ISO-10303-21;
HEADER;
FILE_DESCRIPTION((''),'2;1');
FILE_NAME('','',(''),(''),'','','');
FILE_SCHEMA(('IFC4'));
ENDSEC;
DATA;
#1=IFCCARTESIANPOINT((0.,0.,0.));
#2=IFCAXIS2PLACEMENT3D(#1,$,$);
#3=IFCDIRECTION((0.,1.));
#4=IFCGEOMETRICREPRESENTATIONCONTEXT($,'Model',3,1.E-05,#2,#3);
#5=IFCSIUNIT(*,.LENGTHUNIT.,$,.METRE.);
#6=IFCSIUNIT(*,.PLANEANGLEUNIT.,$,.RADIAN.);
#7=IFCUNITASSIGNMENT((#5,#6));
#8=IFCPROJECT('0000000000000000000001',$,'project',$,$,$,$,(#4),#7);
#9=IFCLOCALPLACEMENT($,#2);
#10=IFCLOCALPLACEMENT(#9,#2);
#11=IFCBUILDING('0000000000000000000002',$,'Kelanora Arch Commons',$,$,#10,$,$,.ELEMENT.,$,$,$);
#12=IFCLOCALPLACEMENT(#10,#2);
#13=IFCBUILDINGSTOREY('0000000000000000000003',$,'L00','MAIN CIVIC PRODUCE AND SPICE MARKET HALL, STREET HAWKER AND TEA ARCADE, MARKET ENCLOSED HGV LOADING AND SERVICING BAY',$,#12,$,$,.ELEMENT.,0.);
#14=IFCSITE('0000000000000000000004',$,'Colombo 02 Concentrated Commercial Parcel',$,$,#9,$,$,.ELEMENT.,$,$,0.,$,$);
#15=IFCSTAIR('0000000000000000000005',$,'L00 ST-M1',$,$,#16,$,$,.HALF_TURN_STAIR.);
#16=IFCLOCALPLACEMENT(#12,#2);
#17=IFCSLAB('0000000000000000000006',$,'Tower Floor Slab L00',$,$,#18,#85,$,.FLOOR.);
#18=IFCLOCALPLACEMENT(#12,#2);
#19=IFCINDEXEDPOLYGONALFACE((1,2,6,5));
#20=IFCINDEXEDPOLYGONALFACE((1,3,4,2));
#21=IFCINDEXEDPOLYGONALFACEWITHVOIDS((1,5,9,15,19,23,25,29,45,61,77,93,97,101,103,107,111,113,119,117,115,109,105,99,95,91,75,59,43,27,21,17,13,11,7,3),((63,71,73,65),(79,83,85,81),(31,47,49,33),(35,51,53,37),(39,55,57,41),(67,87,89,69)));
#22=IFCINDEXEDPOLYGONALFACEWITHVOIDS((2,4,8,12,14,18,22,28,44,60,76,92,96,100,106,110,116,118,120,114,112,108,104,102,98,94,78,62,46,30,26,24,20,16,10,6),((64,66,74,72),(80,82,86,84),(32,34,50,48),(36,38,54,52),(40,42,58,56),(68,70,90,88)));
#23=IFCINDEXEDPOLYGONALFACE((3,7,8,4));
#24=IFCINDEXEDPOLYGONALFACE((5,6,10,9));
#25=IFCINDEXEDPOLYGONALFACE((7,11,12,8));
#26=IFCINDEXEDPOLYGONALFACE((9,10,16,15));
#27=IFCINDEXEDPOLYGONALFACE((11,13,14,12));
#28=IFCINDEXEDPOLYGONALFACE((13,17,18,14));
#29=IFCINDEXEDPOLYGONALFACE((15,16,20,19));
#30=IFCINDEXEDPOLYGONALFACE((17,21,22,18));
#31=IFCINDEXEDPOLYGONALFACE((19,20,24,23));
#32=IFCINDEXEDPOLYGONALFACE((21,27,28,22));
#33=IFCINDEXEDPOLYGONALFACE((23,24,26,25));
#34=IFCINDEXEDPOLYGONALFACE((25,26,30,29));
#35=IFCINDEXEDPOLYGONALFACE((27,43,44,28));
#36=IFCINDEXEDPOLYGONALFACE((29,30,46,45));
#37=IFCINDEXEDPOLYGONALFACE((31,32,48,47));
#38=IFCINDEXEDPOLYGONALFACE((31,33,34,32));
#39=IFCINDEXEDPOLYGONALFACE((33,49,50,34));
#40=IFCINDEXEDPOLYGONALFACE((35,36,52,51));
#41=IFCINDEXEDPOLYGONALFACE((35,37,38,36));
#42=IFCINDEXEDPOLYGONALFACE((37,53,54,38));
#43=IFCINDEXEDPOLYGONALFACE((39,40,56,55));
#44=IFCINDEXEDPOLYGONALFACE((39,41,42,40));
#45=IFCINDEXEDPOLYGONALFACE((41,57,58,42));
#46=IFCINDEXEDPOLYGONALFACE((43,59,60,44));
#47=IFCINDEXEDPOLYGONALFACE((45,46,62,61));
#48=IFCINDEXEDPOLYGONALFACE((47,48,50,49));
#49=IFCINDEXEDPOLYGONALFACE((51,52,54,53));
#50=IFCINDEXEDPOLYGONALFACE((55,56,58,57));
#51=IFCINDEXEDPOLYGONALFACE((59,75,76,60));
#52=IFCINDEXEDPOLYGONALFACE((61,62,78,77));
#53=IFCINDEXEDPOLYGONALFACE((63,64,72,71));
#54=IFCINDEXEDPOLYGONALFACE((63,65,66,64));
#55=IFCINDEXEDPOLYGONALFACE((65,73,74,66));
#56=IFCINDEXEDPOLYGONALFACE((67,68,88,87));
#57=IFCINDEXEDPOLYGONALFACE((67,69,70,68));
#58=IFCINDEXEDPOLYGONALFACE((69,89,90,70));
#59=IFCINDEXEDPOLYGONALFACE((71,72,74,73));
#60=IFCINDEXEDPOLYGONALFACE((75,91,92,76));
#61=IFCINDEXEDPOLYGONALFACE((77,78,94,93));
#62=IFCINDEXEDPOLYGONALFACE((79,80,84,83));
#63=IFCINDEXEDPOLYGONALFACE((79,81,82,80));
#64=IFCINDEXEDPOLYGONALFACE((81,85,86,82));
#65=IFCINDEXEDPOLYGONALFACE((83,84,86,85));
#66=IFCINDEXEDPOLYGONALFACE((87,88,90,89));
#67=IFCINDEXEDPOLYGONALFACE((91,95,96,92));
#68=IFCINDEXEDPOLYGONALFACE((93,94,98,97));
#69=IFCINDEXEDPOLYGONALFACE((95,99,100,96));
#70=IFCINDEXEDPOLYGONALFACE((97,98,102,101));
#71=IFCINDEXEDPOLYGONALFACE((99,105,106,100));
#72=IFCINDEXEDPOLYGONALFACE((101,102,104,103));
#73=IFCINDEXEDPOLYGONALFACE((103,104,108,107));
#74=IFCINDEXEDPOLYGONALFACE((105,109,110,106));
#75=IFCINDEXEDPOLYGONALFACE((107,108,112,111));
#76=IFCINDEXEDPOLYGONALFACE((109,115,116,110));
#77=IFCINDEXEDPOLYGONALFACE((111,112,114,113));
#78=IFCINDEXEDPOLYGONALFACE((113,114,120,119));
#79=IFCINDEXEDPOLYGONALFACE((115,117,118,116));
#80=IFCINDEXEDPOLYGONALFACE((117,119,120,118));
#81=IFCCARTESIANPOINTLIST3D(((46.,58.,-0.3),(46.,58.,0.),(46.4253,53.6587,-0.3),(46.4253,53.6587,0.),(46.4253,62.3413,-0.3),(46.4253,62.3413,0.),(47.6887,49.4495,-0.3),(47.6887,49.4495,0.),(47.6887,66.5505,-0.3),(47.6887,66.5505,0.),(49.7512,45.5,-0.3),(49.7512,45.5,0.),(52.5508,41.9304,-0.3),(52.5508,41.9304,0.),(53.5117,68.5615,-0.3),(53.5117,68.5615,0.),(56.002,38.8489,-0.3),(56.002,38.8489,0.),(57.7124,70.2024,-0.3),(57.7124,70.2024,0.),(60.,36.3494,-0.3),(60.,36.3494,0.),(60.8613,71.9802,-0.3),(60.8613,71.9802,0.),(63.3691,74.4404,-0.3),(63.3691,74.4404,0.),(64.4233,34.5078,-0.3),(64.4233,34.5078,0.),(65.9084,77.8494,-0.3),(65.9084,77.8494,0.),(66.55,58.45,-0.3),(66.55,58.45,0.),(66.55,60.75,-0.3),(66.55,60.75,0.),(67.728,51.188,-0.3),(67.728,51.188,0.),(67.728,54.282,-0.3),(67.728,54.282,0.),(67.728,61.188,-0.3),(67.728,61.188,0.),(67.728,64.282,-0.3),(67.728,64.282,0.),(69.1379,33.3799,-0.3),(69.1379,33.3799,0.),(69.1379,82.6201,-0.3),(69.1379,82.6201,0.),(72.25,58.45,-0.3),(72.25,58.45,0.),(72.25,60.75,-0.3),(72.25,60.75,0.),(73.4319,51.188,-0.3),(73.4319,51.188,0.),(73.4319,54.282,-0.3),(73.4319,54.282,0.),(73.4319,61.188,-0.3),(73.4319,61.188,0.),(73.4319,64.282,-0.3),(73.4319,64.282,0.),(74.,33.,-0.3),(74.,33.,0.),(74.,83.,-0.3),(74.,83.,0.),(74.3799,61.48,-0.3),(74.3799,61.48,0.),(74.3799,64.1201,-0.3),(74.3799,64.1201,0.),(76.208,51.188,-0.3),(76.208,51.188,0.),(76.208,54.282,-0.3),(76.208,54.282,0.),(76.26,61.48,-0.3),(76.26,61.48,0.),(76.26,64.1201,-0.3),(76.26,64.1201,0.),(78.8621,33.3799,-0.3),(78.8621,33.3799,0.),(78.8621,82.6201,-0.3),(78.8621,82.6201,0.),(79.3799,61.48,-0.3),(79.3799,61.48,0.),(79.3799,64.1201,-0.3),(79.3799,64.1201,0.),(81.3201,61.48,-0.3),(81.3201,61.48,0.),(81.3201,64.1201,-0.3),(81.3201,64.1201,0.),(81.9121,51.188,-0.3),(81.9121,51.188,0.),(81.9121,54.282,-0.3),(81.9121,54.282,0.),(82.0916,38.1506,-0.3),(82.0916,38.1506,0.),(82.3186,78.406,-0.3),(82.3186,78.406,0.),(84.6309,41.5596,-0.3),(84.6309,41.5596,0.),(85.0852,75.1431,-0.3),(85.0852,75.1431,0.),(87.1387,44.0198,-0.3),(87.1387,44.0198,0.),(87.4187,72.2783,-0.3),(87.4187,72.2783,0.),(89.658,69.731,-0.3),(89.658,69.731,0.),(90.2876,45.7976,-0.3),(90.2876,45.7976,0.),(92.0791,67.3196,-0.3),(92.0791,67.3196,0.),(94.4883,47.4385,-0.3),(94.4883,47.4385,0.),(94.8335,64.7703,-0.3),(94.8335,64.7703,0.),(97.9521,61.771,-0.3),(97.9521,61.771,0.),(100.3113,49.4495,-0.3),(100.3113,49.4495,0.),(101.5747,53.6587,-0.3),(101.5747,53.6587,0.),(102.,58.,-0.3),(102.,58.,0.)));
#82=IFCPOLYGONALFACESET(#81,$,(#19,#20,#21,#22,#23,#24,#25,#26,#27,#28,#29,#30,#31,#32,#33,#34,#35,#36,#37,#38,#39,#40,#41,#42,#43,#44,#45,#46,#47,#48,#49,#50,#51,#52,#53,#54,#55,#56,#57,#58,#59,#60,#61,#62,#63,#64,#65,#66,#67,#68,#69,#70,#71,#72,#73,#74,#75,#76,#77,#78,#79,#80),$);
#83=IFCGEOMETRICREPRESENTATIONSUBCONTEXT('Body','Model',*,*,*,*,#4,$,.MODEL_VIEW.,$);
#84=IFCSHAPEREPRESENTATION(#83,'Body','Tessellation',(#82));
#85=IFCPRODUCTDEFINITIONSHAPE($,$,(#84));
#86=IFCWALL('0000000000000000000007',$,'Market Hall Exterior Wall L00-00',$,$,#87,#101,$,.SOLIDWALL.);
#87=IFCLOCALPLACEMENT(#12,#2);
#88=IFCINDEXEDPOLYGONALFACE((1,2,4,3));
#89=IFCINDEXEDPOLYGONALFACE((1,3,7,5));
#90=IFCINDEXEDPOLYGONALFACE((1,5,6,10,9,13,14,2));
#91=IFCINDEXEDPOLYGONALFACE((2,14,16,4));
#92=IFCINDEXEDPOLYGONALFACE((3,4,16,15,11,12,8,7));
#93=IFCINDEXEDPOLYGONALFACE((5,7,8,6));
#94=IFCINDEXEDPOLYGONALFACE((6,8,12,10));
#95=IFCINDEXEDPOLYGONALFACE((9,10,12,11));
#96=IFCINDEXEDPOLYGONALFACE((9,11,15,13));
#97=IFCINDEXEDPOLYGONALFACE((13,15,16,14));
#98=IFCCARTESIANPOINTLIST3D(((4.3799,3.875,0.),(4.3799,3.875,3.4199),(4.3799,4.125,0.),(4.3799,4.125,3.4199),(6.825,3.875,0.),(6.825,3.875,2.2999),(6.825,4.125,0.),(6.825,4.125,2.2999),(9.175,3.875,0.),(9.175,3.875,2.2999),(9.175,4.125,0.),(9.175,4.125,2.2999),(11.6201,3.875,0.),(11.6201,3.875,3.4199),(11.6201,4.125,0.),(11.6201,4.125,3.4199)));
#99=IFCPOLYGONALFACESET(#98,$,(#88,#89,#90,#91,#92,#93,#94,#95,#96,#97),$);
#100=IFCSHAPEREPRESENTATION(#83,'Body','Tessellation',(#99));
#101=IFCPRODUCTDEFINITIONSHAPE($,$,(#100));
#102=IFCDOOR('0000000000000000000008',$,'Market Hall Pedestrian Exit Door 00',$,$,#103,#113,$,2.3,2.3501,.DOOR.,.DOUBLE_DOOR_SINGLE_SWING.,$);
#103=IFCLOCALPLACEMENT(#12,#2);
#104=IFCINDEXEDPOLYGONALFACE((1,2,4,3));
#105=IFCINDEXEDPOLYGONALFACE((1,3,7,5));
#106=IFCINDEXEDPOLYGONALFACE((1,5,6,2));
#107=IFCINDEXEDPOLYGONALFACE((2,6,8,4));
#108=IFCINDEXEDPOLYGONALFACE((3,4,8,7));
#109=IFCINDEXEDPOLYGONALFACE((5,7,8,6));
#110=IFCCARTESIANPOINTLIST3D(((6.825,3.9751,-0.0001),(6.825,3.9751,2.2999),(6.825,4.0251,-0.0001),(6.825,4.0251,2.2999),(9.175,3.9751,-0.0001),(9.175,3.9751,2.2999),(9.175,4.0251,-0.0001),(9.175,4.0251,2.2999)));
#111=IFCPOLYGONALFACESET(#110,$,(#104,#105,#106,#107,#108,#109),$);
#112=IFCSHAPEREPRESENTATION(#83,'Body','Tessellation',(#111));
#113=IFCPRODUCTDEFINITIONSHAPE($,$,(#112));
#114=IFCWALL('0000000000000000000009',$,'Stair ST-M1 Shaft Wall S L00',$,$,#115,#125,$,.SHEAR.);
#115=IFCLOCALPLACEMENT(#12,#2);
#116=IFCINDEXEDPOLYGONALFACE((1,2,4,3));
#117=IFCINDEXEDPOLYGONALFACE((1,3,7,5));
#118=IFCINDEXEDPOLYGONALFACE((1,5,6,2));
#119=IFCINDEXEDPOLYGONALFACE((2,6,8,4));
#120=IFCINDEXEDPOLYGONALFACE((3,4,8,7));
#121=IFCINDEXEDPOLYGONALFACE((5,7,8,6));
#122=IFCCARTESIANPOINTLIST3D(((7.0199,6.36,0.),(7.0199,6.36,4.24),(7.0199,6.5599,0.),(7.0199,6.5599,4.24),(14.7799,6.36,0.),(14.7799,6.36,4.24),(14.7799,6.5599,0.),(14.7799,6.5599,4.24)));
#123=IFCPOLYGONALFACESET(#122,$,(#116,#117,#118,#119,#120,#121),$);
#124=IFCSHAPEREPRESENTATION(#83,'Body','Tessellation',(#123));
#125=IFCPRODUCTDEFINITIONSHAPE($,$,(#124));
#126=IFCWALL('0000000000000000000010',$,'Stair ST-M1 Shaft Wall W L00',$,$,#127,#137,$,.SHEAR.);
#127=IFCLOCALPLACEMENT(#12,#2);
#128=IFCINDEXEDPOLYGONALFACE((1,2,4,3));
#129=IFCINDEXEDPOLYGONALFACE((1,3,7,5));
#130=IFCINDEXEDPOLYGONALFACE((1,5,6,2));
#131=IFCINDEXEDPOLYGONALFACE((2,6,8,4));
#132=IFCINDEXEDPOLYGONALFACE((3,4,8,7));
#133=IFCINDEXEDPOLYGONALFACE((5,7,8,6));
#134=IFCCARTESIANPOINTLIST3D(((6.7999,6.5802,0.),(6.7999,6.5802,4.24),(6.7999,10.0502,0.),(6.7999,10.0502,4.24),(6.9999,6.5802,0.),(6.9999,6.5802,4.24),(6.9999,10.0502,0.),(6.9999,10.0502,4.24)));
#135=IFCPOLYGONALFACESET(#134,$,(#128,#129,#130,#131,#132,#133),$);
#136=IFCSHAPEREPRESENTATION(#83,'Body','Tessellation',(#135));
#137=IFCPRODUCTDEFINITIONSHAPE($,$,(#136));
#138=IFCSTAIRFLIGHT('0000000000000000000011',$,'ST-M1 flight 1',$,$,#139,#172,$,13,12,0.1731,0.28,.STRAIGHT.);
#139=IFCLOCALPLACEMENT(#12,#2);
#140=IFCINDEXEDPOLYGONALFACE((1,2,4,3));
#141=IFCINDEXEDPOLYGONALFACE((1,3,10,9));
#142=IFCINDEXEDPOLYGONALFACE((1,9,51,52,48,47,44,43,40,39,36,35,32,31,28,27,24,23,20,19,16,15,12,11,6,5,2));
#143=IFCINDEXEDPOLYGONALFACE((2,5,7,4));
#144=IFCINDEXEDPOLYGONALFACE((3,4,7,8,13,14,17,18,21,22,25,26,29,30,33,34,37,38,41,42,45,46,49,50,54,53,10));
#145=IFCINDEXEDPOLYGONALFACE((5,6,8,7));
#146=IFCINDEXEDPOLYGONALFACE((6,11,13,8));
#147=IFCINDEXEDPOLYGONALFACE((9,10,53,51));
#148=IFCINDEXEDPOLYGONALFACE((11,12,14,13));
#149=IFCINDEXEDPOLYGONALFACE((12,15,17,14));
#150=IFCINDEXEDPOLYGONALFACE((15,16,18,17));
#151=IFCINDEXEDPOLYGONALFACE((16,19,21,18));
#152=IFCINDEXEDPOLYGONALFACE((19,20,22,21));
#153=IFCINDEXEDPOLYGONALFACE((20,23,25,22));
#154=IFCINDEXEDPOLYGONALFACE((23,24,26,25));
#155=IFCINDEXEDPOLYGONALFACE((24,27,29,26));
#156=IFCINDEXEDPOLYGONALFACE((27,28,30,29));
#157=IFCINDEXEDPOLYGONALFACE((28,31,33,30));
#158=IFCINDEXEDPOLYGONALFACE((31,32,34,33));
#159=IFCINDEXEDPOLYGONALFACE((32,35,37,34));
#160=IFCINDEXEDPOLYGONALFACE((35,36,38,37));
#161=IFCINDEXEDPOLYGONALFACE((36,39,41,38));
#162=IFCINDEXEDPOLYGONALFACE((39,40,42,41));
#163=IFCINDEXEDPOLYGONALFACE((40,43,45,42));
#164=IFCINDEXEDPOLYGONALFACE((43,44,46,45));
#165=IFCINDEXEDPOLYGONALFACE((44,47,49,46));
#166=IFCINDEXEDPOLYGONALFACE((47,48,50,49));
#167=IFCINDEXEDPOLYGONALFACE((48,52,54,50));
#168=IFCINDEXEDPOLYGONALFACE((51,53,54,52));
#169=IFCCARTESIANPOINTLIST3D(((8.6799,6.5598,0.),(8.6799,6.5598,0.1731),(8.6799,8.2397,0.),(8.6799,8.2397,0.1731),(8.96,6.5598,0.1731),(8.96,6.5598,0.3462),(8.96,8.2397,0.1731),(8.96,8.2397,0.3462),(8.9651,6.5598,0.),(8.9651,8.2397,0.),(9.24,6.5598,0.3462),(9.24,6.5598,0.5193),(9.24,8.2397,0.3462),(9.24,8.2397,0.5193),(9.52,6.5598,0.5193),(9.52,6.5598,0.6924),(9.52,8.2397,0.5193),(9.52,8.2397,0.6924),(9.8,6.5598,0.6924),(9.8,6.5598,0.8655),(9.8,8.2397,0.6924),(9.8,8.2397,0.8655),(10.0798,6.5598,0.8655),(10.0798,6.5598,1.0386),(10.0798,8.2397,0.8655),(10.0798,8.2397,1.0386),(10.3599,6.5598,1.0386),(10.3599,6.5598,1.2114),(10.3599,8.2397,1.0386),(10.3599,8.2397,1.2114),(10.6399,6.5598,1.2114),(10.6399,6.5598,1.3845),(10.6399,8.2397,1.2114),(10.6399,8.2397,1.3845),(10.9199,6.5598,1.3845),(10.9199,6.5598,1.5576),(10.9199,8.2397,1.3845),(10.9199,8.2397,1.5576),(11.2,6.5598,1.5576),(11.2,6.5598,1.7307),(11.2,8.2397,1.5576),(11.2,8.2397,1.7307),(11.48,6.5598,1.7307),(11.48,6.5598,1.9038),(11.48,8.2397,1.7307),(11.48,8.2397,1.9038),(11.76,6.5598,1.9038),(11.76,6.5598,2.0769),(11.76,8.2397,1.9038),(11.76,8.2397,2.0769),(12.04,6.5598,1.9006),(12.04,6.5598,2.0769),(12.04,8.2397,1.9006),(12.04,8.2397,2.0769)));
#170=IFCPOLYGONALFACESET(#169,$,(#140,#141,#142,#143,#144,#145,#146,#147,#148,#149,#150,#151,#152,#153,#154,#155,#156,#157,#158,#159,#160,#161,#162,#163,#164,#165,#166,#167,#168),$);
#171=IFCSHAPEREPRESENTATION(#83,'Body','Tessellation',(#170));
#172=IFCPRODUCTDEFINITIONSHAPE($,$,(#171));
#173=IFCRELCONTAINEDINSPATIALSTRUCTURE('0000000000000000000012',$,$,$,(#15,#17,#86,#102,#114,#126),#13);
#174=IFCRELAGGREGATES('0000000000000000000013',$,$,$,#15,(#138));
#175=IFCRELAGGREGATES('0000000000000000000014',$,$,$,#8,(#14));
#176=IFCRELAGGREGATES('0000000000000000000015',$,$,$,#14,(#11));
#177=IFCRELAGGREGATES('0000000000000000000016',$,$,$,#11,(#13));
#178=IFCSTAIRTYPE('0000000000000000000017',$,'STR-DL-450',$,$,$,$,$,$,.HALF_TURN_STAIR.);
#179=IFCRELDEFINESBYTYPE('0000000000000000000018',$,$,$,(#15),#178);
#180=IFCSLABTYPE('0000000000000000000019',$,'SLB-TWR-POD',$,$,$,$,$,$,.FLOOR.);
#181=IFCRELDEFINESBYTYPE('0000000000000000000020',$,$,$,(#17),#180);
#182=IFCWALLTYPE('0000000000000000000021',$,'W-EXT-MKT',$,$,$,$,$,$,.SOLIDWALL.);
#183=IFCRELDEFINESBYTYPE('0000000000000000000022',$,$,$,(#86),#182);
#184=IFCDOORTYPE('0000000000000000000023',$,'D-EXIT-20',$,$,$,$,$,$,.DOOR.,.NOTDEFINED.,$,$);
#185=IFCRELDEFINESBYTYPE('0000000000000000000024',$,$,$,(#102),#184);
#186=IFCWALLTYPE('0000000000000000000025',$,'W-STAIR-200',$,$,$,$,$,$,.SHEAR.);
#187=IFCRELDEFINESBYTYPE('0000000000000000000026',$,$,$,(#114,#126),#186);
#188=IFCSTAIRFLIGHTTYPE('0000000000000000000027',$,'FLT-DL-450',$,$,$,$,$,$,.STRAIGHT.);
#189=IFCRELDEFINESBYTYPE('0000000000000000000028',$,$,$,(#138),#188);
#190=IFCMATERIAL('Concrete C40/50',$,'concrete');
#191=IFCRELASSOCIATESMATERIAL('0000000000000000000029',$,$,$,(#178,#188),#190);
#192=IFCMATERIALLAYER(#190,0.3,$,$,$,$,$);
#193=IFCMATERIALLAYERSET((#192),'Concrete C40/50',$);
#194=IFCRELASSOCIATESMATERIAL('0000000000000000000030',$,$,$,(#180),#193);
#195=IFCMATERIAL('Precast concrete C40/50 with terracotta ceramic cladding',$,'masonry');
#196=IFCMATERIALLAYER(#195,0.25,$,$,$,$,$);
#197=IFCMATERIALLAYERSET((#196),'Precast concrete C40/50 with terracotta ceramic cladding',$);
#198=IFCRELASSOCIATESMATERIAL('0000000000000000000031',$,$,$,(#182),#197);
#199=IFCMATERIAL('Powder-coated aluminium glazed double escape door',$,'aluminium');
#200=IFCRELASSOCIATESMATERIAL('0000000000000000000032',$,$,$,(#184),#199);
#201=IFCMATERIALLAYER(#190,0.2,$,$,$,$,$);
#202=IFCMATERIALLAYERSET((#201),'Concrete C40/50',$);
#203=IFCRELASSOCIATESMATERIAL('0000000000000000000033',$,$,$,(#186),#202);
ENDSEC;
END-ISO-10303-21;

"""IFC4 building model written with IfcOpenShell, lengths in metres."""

from ifc_helpers import new_model, si_unit, direction, frame, frame_2d, origin, place, context, subcontext, project, spatial, polyline, rectangle, outline, extrude, material, layer, layer_set, type_object, element, fill, aggregate, save


model = new_model("IFC4")

# Units and contexts
model_context = context("Model", 3, precision=1e-05, world=origin(), true_north=direction((0.0, 1.0)))
body_context = subcontext(model_context, "Body", "Model", "MODEL_VIEW")
ifc_project = project(units=[si_unit("LENGTHUNIT", "METRE"), si_unit("PLANEANGLEUNIT", "RADIAN")], contexts=[model_context])

# Site, building, storey
site_placement = place(None, origin())
site = spatial("IfcSite", under=ifc_project, at=site_placement, Name="Colombo 02 Concentrated Commercial Parcel", CompositionType="ELEMENT", RefElevation=0.0)
building_placement = place(site_placement, origin())
building = spatial("IfcBuilding", under=site, at=building_placement, Name="Kelanora Arch Commons", CompositionType="ELEMENT")
storey_placement = place(building_placement, origin())
storey = spatial("IfcBuildingStorey", under=building, at=storey_placement, Name="L00", Description="MAIN CIVIC PRODUCE AND SPICE MARKET HALL, STREET HAWKER AND TEA ARCADE, MARKET ENCLOSED HGV LOADING AND SERVICING BAY", CompositionType="ELEMENT", Elevation=0.0)

# Shared definitions
ifc_material_1 = material(Name="Concrete C40/50", Category="concrete")

# Stair
stair_type = type_object("IfcStairType", Name="STR-DL-450", PredefinedType="HALF_TURN_STAIR", material=ifc_material_1)
stair_1_placement = place(storey_placement, origin())
stair_1 = element("IfcStair", 1, at=stair_1_placement, inside=storey, type_object=stair_type, Name="L00 ST-M1", PredefinedType="HALF_TURN_STAIR")

# Slab
ifc_layer_1 = layer(ifc_material_1, 0.3)
ifc_layer_set_1 = layer_set([ifc_layer_1], Name="Concrete C40/50")
slab_type_1 = type_object("IfcSlabType", Name="SLB-TWR-POD", PredefinedType="FLOOR", material=ifc_layer_set_1)
slab_1_placement = place(storey_placement, frame((0.0, 0.0, -0.3)))
element("IfcSlab", 2, at=slab_1_placement, inside=storey, type_object=slab_type_1, Name="Tower Floor Slab L00", PredefinedType="FLOOR", context=body_context, shape_type="SweptSolid", body=[
    extrude(outline(polyline([(102.0, 58.0), (97.9521, 61.771), (94.8335, 64.7703), (92.0791, 67.3196), (89.658, 69.731), (87.4187, 72.2783), (85.0852, 75.1431), (82.3186, 78.406), (78.8621, 82.6201), (74.0, 83.0), (69.1379, 82.6201), (65.9084, 77.8494), (63.3691, 74.4404), (60.8613, 71.9802), (57.7124, 70.2024), (53.5117, 68.5615), (47.6887, 66.5505), (46.4253, 62.3413), (46.0, 58.0), (46.4253, 53.6587), (47.6887, 49.4495), (49.7512, 45.5), (52.5508, 41.9304), (56.002, 38.8489), (60.0, 36.3494), (64.4233, 34.5078), (69.1379, 33.3799), (74.0, 33.0), (78.8621, 33.3799), (82.0916, 38.1506), (84.6309, 41.5596), (87.1387, 44.0198), (90.2876, 45.7976), (94.4883, 47.4385), (100.3113, 49.4495), (101.5747, 53.6587), (102.0, 58.0)]), holes=[polyline([(73.4319, 51.188), (67.728, 51.188), (67.728, 54.282), (73.4319, 54.282), (73.4319, 51.188)]), polyline([(76.208, 51.188), (76.208, 54.282), (81.9121, 54.282), (81.9121, 51.188), (76.208, 51.188)]), polyline([(66.55, 58.45), (66.55, 60.75), (72.25, 60.75), (72.25, 58.45), (66.55, 58.45)]), polyline([(73.4319, 61.188), (67.728, 61.188), (67.728, 64.282), (73.4319, 64.282), (73.4319, 61.188)]), polyline([(74.3799, 61.48), (74.3799, 64.1201), (76.26, 64.1201), (76.26, 61.48), (74.3799, 61.48)]), polyline([(79.3799, 61.48), (79.3799, 64.1201), (81.3201, 64.1201), (81.3201, 61.48), (79.3799, 61.48)])]), origin(), (0.0, 0.0, 1.0), 0.3),
])

# Wall, opening, door
ifc_material_2 = material(Name="Precast concrete C40/50 with terracotta ceramic cladding", Category="masonry")
ifc_layer_2 = layer(ifc_material_2, 0.25)
ifc_layer_set_2 = layer_set([ifc_layer_2], Name="Precast concrete C40/50 with terracotta ceramic cladding")
wall_type_1 = type_object("IfcWallType", Name="W-EXT-MKT", PredefinedType="SOLIDWALL", material=ifc_layer_set_2)
wall_1_placement = place(storey_placement, frame((4.3799, 4.0, 0.0), z_axis=(0.0, 0.0, 1.0), x_axis=(1.0, 0.0, 0.0)))
wall_1 = element("IfcWall", 3, at=wall_1_placement, inside=storey, type_object=wall_type_1, Name="Market Hall Exterior Wall L00-00", PredefinedType="SOLIDWALL", context=body_context, shape_type="SweptSolid", body=[
    extrude(rectangle(XDim=7.2402, YDim=0.25, at=frame_2d((3.6201, 0.0))), origin(), (0.0, 0.0, 1.0), 3.4199),
])
opening_placement = place(wall_1_placement, frame((2.4451, 0.0, 0.0)))
opening = element("IfcOpeningElement", 4, at=opening_placement, cuts=wall_1, PredefinedType="OPENING", context=body_context, shape_type="SweptSolid", body=[
    extrude(rectangle(XDim=2.3501, YDim=2.3, at=frame_2d((1.175, 1.1499))), frame((0.0, 0.135, 0.0), z_axis=(0.0, -1.0, 0.0), x_axis=(1.0, 0.0, 0.0)), (0.0, 0.0, 1.0), 0.27),
])
ifc_material_3 = material(Name="Powder-coated aluminium glazed double escape door", Category="aluminium")
door_type = type_object("IfcDoorType", Name="D-EXIT-20", OperationType="NOTDEFINED", PredefinedType="DOOR", material=ifc_material_3)
door_placement = place(opening_placement, frame((2.3501, 0.0, 0.0), z_axis=(0.0, 0.0, 1.0), x_axis=(-1.0, 0.0, 0.0)))
door = element("IfcDoor", 5, at=door_placement, inside=storey, type_object=door_type, Name="Market Hall Pedestrian Exit Door 00", OperationType="DOUBLE_DOOR_SINGLE_SWING", OverallHeight=2.3, OverallWidth=2.3501, PredefinedType="DOOR", context=body_context, shape_type="SweptSolid", body=[
    extrude(rectangle(XDim=2.3501, YDim=2.3, at=frame_2d((1.175, 1.1499))), frame((0.0, 0.0249, 0.0), z_axis=(0.0, -1.0, 0.0), x_axis=(1.0, 0.0, 0.0)), (0.0, 0.0, 1.0), 0.05),
])
fill(opening, door)

# Walls
ifc_layer_3 = layer(ifc_material_1, 0.2)
ifc_layer_set_3 = layer_set([ifc_layer_3], Name="Concrete C40/50")
wall_type_2 = type_object("IfcWallType", Name="W-STAIR-200", PredefinedType="SHEAR", material=ifc_layer_set_3)
wall_2_placement = place(storey_placement, frame((7.02, 6.46, 0.0), z_axis=(0.0, 0.0, 1.0), x_axis=(1.0, 0.0, 0.0)))
element("IfcWall", 6, at=wall_2_placement, inside=storey, type_object=wall_type_2, Name="Stair ST-M1 Shaft Wall S L00", PredefinedType="SHEAR", context=body_context, shape_type="SweptSolid", body=[
    extrude(rectangle(XDim=7.76, YDim=0.2, at=frame_2d((3.8799, 0.0))), origin(), (0.0, 0.0, 1.0), 4.24),
])
wall_3_placement = place(storey_placement, frame((6.8999, 10.05, 0.0), z_axis=(0.0, 0.0, 1.0), x_axis=(0.0, -1.0, 0.0)))
element("IfcWall", 7, at=wall_3_placement, inside=storey, type_object=wall_type_2, Name="Stair ST-M1 Shaft Wall W L00", PredefinedType="SHEAR", context=body_context, shape_type="SweptSolid", body=[
    extrude(rectangle(XDim=3.47, YDim=0.2, at=frame_2d((1.7349, 0.0))), origin(), (0.0, 0.0, 1.0), 4.24),
])

# Stair flight
stair_flight_type = type_object("IfcStairFlightType", Name="FLT-DL-450", PredefinedType="STRAIGHT", material=ifc_material_1)
stair_flight_placement = place(storey_placement, frame((8.6799, 7.3999, 0.0), z_axis=(0.0, 0.0, 1.0), x_axis=(1.0, 0.0, 0.0)))
stair_flight = element("IfcStairFlight", 8, at=stair_flight_placement, type_object=stair_flight_type, Name="ST-M1 flight 1", NumberOfRisers=13, NumberOfTreads=12, PredefinedType="STRAIGHT", RiserHeight=0.1731, TreadLength=0.28, context=body_context, shape_type="SweptSolid", body=[
    extrude(outline(polyline([(0.0, 0.0), (0.0, 0.1731), (0.28, 0.1731), (0.28, 0.3462), (0.5601, 0.3462), (0.5601, 0.5193), (0.8401, 0.5193), (0.8401, 0.6924), (1.1201, 0.6924), (1.1201, 0.8655), (1.3999, 0.8655), (1.3999, 1.0386), (1.6799, 1.0386), (1.6799, 1.2114), (1.96, 1.2114), (1.96, 1.3845), (2.24, 1.3845), (2.24, 1.5576), (2.52, 1.5576), (2.52, 1.7307), (2.8, 1.7307), (2.8, 1.9038), (3.0801, 1.9038), (3.0801, 2.0769), (3.3601, 2.0769), (3.3601, 2.25), (3.3601, 1.9006), (0.2852, 0.0), (0.0, 0.0)])), frame((0.0, 0.8398, 0.0), z_axis=(0.0, -1.0, 0.0), x_axis=(1.0, 0.0, 0.0)), (0.0, 0.0, 1.0), 1.6799),
])
aggregate(stair_1, [stair_flight])

save(model, "model.ifc")
